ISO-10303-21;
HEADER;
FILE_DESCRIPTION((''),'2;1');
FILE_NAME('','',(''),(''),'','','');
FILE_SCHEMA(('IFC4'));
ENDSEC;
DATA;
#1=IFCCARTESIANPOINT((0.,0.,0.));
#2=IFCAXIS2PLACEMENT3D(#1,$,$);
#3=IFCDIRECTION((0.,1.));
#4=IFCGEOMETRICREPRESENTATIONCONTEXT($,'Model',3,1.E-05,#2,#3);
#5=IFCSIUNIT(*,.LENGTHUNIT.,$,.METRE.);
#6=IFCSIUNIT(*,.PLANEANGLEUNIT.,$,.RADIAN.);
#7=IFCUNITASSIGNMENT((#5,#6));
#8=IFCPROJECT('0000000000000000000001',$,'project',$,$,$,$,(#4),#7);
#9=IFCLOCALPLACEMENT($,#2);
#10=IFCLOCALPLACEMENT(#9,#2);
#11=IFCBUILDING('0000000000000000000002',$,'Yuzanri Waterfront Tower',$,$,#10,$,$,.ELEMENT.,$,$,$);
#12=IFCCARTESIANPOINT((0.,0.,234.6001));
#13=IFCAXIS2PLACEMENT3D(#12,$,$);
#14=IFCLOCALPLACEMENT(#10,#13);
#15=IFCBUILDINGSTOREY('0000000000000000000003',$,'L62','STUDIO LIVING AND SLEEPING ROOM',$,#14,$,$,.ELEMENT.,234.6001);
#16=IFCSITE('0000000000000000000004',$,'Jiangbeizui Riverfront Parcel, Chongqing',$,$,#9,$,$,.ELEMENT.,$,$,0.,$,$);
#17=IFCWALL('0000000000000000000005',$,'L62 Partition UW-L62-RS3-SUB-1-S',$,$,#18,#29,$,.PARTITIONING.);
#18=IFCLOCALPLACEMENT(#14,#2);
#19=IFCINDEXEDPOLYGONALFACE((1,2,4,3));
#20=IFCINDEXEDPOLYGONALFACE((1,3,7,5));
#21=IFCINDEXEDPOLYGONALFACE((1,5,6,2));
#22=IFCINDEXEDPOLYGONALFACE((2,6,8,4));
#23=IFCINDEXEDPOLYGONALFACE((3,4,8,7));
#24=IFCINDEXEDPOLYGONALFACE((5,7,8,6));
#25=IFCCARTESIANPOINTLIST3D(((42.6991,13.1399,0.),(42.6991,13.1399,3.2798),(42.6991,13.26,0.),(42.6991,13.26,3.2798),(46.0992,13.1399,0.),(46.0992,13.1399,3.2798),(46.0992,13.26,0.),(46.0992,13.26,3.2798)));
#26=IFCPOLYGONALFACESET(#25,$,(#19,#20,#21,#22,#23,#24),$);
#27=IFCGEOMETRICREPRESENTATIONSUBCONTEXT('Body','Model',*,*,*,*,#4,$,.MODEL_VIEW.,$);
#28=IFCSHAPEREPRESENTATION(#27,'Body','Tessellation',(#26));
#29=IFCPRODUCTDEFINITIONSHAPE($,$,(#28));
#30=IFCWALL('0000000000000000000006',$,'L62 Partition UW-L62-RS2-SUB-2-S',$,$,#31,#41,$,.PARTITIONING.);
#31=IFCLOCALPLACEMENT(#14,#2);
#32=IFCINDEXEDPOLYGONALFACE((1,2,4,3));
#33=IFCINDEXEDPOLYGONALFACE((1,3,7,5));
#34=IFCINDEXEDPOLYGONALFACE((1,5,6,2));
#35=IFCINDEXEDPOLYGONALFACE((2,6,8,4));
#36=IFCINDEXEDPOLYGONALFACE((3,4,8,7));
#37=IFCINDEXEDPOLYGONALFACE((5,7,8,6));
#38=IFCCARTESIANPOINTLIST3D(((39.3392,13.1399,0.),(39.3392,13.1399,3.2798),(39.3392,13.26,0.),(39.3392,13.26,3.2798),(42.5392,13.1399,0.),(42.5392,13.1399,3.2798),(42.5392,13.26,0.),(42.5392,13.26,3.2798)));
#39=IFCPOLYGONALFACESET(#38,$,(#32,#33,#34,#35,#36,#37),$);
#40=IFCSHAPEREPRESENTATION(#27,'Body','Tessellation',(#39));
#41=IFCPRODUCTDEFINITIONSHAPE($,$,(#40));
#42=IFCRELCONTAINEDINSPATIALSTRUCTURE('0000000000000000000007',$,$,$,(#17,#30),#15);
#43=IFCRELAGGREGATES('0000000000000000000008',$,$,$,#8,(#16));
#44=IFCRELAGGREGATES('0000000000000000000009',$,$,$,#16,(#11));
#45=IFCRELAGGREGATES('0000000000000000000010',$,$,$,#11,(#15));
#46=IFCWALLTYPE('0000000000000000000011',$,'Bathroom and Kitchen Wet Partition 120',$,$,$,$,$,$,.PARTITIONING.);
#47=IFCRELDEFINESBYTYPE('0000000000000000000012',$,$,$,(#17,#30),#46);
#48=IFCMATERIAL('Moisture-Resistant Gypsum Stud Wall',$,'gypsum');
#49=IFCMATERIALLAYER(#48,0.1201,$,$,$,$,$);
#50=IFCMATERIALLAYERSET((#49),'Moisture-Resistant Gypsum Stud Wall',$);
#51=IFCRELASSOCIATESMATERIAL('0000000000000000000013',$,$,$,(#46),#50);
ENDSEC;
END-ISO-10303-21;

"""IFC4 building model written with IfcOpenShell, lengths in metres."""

from ifc_helpers import new_model, si_unit, direction, frame, frame_2d, origin, place, context, subcontext, project, spatial, rectangle, extrude, source, transform, mapped, material, layer, layer_set, type_object, element, save


model = new_model("IFC4")

# Units and contexts
model_context = context("Model", 3, precision=1e-05, world=origin(), true_north=direction((0.0, 1.0)))
body_context = subcontext(model_context, "Body", "Model", "MODEL_VIEW")
ifc_project = project(units=[si_unit("LENGTHUNIT", "METRE"), si_unit("PLANEANGLEUNIT", "RADIAN")], contexts=[model_context])

# Site, building, storey
site_placement = place(None, origin())
site = spatial("IfcSite", under=ifc_project, at=site_placement, Name="Jiangbeizui Riverfront Parcel, Chongqing", CompositionType="ELEMENT", RefElevation=0.0)
building_placement = place(site_placement, origin())
building = spatial("IfcBuilding", under=site, at=building_placement, Name="Yuzanri Waterfront Tower", CompositionType="ELEMENT")
storey_placement = place(building_placement, frame((0.0, 0.0, 234.6001)))
storey = spatial("IfcBuildingStorey", under=building, at=storey_placement, Name="L62", Description="STUDIO LIVING AND SLEEPING ROOM", CompositionType="ELEMENT", Elevation=234.6001)

# Shared definitions
ifc_material_1 = material(Name="Moisture-Resistant Gypsum Stud Wall", Category="gypsum")
ifc_layer_1 = layer(ifc_material_1, 0.1201)
ifc_layer_set_1 = layer_set([ifc_layer_1], Name="Moisture-Resistant Gypsum Stud Wall")
wall_type_1 = type_object("IfcWallType", Name="Bathroom and Kitchen Wet Partition 120", PredefinedType="PARTITIONING", material=ifc_layer_set_1)

# Walls
shared_shape_1 = source(origin(), body_context, "Body", "SweptSolid", [
    extrude(rectangle(XDim=3.4001, YDim=0.1201, at=frame_2d((1.7002, 0.0))), origin(), (0.0, 0.0, 1.0), 3.2798),
])
wall_1_placement = place(storey_placement, frame((42.699, 13.2, 0.0), z_axis=(0.0, 0.0, 1.0), x_axis=(1.0, 0.0, 0.0)))
element("IfcWall", 1, at=wall_1_placement, inside=storey, type_object=wall_type_1, Name="L62 Partition UW-L62-RS3-SUB-1-S", PredefinedType="PARTITIONING", context=body_context, shape_type="MappedRepresentation", body=[
    mapped(shared_shape_1, transform((0.0, 0.0, 0.0), scale=1.0)),
])
shared_shape_2 = source(origin(), body_context, "Body", "SweptSolid", [
    extrude(rectangle(XDim=3.2, YDim=0.1201, at=frame_2d((1.6001, 0.0))), origin(), (0.0, 0.0, 1.0), 3.2798),
])
wall_2_placement = place(storey_placement, frame((39.3391, 13.2, 0.0), z_axis=(0.0, 0.0, 1.0), x_axis=(1.0, 0.0, 0.0)))
element("IfcWall", 2, at=wall_2_placement, inside=storey, type_object=wall_type_1, Name="L62 Partition UW-L62-RS2-SUB-2-S", PredefinedType="PARTITIONING", context=body_context, shape_type="MappedRepresentation", body=[
    mapped(shared_shape_2, transform((0.0, 0.0, 0.0), scale=1.0)),
])

save(model, "model.ifc")
